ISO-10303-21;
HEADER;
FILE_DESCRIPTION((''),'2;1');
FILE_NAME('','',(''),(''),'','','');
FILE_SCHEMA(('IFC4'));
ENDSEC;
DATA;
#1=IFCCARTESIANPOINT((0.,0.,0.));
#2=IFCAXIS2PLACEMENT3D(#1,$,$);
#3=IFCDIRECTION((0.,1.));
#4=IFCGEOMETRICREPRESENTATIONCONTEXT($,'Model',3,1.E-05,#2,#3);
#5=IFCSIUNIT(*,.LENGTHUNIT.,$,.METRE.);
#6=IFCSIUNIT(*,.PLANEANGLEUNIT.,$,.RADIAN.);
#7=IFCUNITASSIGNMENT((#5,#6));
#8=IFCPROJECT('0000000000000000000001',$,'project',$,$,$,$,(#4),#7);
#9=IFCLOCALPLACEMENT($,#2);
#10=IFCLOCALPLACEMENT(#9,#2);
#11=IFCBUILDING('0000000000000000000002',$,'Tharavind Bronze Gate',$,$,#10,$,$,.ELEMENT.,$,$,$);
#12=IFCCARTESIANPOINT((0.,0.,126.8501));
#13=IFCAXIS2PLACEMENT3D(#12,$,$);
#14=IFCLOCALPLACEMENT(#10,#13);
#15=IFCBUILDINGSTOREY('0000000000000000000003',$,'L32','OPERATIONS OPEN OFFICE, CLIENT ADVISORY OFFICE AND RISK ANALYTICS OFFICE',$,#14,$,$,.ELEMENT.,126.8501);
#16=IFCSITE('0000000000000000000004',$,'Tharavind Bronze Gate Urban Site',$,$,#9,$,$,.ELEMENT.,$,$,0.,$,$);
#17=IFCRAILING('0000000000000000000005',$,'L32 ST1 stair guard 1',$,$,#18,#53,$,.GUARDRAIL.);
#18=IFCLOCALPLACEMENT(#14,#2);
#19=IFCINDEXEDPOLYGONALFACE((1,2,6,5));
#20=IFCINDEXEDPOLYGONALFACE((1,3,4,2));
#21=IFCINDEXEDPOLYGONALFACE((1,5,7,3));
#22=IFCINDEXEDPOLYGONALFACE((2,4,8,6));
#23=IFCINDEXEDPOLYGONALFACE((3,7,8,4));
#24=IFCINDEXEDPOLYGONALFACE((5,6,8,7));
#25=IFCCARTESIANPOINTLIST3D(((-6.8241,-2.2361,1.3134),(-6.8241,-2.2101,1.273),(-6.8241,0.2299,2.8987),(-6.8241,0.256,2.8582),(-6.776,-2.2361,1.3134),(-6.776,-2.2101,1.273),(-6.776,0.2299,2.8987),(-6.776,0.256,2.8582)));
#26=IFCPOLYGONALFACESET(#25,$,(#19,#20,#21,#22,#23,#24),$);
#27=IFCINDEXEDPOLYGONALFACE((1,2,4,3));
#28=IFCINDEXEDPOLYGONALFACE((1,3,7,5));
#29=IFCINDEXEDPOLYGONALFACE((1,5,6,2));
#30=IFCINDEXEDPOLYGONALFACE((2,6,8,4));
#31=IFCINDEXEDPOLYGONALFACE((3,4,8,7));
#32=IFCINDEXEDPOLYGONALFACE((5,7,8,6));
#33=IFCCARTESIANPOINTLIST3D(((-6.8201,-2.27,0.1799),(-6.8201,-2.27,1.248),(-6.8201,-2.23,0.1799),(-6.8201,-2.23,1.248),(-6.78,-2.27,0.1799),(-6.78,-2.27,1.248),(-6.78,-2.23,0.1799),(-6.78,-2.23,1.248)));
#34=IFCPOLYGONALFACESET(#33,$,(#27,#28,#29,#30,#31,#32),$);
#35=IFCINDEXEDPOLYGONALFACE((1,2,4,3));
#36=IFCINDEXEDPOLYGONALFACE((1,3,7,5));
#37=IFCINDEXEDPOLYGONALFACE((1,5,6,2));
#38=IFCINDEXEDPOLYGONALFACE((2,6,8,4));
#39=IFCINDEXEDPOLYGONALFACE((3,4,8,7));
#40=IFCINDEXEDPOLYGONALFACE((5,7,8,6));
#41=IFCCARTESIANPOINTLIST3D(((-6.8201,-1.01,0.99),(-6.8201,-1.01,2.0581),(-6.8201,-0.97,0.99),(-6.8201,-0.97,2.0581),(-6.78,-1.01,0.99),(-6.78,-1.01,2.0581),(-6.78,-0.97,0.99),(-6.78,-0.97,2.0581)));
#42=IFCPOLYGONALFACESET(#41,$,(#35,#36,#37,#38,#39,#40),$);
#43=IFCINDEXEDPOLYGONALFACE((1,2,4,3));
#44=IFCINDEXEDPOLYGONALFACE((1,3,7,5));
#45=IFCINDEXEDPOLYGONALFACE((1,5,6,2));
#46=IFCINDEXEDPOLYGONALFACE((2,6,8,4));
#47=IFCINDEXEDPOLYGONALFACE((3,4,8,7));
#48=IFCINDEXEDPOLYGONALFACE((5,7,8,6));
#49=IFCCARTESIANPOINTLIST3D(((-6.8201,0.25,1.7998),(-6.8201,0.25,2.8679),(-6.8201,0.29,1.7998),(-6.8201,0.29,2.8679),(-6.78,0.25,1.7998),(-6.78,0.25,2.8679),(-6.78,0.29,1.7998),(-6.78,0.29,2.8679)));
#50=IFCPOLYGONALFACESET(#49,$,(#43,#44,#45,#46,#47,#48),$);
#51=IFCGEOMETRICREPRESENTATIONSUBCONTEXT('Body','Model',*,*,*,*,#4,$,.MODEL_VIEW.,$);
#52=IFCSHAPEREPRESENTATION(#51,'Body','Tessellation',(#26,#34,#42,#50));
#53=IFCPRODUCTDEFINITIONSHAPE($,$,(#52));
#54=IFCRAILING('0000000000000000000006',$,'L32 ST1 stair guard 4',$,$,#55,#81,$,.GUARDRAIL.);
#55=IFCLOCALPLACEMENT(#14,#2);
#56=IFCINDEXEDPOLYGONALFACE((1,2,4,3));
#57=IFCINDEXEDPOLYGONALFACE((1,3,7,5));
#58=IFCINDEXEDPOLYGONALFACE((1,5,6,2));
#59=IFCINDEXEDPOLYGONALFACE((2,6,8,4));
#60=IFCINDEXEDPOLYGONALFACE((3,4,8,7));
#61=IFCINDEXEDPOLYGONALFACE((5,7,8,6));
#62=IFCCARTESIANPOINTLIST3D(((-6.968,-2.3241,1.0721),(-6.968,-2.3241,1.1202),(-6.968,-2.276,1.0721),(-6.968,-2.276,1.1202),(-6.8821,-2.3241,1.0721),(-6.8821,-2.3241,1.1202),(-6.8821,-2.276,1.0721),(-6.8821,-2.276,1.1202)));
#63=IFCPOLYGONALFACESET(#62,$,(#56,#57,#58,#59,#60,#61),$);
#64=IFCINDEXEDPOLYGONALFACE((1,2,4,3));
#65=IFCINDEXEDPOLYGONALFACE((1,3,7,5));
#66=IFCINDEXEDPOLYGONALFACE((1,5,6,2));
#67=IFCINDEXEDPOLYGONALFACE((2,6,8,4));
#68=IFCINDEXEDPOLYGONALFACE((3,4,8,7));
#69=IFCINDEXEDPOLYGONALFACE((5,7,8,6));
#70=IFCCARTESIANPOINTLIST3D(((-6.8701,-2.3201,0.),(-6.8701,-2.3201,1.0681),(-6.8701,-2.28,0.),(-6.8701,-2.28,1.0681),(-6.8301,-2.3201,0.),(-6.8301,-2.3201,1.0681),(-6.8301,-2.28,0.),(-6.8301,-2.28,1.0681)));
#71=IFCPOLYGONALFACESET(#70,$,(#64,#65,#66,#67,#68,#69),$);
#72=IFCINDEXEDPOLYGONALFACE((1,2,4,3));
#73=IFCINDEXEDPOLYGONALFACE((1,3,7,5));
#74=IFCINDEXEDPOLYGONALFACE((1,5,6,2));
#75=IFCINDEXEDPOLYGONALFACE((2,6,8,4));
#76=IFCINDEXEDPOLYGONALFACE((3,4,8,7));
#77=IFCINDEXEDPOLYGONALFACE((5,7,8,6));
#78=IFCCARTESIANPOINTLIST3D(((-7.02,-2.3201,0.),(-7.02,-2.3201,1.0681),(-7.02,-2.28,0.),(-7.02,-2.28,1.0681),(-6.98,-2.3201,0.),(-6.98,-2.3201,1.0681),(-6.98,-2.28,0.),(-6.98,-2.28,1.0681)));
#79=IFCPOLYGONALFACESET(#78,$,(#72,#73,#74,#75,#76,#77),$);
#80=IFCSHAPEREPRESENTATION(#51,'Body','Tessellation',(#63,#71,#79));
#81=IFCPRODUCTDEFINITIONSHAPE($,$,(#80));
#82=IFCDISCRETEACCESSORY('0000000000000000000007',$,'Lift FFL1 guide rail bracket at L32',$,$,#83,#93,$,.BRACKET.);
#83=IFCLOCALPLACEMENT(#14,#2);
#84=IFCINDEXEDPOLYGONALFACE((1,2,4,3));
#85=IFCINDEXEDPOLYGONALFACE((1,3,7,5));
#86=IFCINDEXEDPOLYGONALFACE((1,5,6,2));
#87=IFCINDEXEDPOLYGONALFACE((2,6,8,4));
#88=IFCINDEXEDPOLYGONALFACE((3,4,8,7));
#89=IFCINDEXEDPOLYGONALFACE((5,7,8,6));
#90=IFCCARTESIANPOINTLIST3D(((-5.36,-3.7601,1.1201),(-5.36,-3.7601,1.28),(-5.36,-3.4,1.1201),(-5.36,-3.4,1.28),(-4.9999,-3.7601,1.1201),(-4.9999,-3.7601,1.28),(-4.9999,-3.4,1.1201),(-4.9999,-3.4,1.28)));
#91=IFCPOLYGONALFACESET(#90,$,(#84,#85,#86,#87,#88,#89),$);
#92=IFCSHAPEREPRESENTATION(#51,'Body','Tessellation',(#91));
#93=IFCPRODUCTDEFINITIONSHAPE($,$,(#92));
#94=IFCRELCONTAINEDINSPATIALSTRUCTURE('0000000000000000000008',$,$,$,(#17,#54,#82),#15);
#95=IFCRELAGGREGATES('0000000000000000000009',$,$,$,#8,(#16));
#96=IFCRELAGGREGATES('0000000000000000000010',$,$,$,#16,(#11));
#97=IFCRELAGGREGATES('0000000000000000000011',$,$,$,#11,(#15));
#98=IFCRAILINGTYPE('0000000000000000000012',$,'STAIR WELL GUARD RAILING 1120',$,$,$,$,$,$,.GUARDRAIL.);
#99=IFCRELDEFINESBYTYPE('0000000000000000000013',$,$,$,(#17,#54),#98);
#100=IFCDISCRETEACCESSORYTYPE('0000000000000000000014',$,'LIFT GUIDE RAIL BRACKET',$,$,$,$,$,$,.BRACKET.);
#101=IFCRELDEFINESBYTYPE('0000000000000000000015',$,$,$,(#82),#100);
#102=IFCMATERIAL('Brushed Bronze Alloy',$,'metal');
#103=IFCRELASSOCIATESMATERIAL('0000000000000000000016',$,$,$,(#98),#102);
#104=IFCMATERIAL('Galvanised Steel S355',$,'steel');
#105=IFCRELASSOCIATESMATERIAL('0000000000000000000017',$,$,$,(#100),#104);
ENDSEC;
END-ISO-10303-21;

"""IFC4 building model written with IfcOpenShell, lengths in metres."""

from ifc_helpers import new_model, si_unit, direction, frame, origin, origin_2d, place, context, subcontext, project, spatial, rectangle, extrude, material, type_object, element, save


model = new_model("IFC4")

# Units and contexts
model_context = context("Model", 3, precision=1e-05, world=origin(), true_north=direction((0.0, 1.0)))
body_context = subcontext(model_context, "Body", "Model", "MODEL_VIEW")
ifc_project = project(units=[si_unit("LENGTHUNIT", "METRE"), si_unit("PLANEANGLEUNIT", "RADIAN")], contexts=[model_context])

# Site, building, storey
site_placement = place(None, origin())
site = spatial("IfcSite", under=ifc_project, at=site_placement, Name="Tharavind Bronze Gate Urban Site", CompositionType="ELEMENT", RefElevation=0.0)
building_placement = place(site_placement, origin())
building = spatial("IfcBuilding", under=site, at=building_placement, Name="Tharavind Bronze Gate", CompositionType="ELEMENT")
storey_placement = place(building_placement, frame((0.0, 0.0, 126.8501)))
storey = spatial("IfcBuildingStorey", under=building, at=storey_placement, Name="L32", Description="OPERATIONS OPEN OFFICE, CLIENT ADVISORY OFFICE AND RISK ANALYTICS OFFICE", CompositionType="ELEMENT", Elevation=126.8501)

# Railings
ifc_material_1 = material(Name="Brushed Bronze Alloy", Category="metal")
railing_type_1 = type_object("IfcRailingType", Name="STAIR WELL GUARD RAILING 1120", PredefinedType="GUARDRAIL", material=ifc_material_1)
railing_1_placement = place(storey_placement, frame((-6.8, -2.25, 0.1799)))
element("IfcRailing", 1, at=railing_1_placement, inside=storey, type_object=railing_type_1, Name="L32 ST1 stair guard 1", PredefinedType="GUARDRAIL", context=body_context, shape_type="SweptSolid", body=[
    extrude(rectangle(XDim=0.0481, YDim=0.0481, at=origin_2d()), frame((0.0, 0.0269, 1.1133), z_axis=(0.0, 0.8412, 0.540725), x_axis=(-1.0, 0.0, 0.0)), (0.0, 0.0, 1.0), 2.9316),
    extrude(rectangle(XDim=0.04, YDim=0.04, at=origin_2d()), origin(), (0.0, 0.0, 1.0), 1.0681),
    extrude(rectangle(XDim=0.04, YDim=0.04, at=origin_2d()), frame((0.0, 1.26, 0.8101)), (0.0, 0.0, 1.0), 1.0681),
    extrude(rectangle(XDim=0.04, YDim=0.04, at=origin_2d()), frame((0.0, 2.52, 1.6199)), (0.0, 0.0, 1.0), 1.0681),
])
railing_2_placement = place(storey_placement, frame((-6.8501, -2.3, 0.0)))
element("IfcRailing", 2, at=railing_2_placement, inside=storey, type_object=railing_type_1, Name="L32 ST1 stair guard 4", PredefinedType="GUARDRAIL", context=body_context, shape_type="SweptSolid", body=[
    extrude(rectangle(XDim=0.0481, YDim=0.0481, at=origin_2d()), frame((-0.032, 0.0, 1.0962), z_axis=(-1.0, 0.0, 0.0), x_axis=(0.0, -1.0, 0.0)), (0.0, 0.0, 1.0), 0.0859),
    extrude(rectangle(XDim=0.04, YDim=0.04, at=origin_2d()), origin(), (0.0, 0.0, 1.0), 1.0681),
    extrude(rectangle(XDim=0.04, YDim=0.04, at=origin_2d()), frame((-0.1499, 0.0, 0.0)), (0.0, 0.0, 1.0), 1.0681),
])

# Discrete accessory
ifc_material_2 = material(Name="Galvanised Steel S355", Category="steel")
discrete_accessory_type = type_object("IfcDiscreteAccessoryType", Name="LIFT GUIDE RAIL BRACKET", PredefinedType="BRACKET", material=ifc_material_2)
discrete_accessory_placement = place(storey_placement, frame((-5.1799, -3.5801, 1.1201), z_axis=(0.0, 0.0, 1.0), x_axis=(1.0, 0.0, 0.0)))
element("IfcDiscreteAccessory", 3, at=discrete_accessory_placement, inside=storey, type_object=discrete_accessory_type, Name="Lift FFL1 guide rail bracket at L32", PredefinedType="BRACKET", context=body_context, shape_type="SweptSolid", body=[
    extrude(rectangle(XDim=0.3601, YDim=0.3601, at=origin_2d()), origin(), (0.0, 0.0, 1.0), 0.1599),
])

save(model, "model.ifc")
